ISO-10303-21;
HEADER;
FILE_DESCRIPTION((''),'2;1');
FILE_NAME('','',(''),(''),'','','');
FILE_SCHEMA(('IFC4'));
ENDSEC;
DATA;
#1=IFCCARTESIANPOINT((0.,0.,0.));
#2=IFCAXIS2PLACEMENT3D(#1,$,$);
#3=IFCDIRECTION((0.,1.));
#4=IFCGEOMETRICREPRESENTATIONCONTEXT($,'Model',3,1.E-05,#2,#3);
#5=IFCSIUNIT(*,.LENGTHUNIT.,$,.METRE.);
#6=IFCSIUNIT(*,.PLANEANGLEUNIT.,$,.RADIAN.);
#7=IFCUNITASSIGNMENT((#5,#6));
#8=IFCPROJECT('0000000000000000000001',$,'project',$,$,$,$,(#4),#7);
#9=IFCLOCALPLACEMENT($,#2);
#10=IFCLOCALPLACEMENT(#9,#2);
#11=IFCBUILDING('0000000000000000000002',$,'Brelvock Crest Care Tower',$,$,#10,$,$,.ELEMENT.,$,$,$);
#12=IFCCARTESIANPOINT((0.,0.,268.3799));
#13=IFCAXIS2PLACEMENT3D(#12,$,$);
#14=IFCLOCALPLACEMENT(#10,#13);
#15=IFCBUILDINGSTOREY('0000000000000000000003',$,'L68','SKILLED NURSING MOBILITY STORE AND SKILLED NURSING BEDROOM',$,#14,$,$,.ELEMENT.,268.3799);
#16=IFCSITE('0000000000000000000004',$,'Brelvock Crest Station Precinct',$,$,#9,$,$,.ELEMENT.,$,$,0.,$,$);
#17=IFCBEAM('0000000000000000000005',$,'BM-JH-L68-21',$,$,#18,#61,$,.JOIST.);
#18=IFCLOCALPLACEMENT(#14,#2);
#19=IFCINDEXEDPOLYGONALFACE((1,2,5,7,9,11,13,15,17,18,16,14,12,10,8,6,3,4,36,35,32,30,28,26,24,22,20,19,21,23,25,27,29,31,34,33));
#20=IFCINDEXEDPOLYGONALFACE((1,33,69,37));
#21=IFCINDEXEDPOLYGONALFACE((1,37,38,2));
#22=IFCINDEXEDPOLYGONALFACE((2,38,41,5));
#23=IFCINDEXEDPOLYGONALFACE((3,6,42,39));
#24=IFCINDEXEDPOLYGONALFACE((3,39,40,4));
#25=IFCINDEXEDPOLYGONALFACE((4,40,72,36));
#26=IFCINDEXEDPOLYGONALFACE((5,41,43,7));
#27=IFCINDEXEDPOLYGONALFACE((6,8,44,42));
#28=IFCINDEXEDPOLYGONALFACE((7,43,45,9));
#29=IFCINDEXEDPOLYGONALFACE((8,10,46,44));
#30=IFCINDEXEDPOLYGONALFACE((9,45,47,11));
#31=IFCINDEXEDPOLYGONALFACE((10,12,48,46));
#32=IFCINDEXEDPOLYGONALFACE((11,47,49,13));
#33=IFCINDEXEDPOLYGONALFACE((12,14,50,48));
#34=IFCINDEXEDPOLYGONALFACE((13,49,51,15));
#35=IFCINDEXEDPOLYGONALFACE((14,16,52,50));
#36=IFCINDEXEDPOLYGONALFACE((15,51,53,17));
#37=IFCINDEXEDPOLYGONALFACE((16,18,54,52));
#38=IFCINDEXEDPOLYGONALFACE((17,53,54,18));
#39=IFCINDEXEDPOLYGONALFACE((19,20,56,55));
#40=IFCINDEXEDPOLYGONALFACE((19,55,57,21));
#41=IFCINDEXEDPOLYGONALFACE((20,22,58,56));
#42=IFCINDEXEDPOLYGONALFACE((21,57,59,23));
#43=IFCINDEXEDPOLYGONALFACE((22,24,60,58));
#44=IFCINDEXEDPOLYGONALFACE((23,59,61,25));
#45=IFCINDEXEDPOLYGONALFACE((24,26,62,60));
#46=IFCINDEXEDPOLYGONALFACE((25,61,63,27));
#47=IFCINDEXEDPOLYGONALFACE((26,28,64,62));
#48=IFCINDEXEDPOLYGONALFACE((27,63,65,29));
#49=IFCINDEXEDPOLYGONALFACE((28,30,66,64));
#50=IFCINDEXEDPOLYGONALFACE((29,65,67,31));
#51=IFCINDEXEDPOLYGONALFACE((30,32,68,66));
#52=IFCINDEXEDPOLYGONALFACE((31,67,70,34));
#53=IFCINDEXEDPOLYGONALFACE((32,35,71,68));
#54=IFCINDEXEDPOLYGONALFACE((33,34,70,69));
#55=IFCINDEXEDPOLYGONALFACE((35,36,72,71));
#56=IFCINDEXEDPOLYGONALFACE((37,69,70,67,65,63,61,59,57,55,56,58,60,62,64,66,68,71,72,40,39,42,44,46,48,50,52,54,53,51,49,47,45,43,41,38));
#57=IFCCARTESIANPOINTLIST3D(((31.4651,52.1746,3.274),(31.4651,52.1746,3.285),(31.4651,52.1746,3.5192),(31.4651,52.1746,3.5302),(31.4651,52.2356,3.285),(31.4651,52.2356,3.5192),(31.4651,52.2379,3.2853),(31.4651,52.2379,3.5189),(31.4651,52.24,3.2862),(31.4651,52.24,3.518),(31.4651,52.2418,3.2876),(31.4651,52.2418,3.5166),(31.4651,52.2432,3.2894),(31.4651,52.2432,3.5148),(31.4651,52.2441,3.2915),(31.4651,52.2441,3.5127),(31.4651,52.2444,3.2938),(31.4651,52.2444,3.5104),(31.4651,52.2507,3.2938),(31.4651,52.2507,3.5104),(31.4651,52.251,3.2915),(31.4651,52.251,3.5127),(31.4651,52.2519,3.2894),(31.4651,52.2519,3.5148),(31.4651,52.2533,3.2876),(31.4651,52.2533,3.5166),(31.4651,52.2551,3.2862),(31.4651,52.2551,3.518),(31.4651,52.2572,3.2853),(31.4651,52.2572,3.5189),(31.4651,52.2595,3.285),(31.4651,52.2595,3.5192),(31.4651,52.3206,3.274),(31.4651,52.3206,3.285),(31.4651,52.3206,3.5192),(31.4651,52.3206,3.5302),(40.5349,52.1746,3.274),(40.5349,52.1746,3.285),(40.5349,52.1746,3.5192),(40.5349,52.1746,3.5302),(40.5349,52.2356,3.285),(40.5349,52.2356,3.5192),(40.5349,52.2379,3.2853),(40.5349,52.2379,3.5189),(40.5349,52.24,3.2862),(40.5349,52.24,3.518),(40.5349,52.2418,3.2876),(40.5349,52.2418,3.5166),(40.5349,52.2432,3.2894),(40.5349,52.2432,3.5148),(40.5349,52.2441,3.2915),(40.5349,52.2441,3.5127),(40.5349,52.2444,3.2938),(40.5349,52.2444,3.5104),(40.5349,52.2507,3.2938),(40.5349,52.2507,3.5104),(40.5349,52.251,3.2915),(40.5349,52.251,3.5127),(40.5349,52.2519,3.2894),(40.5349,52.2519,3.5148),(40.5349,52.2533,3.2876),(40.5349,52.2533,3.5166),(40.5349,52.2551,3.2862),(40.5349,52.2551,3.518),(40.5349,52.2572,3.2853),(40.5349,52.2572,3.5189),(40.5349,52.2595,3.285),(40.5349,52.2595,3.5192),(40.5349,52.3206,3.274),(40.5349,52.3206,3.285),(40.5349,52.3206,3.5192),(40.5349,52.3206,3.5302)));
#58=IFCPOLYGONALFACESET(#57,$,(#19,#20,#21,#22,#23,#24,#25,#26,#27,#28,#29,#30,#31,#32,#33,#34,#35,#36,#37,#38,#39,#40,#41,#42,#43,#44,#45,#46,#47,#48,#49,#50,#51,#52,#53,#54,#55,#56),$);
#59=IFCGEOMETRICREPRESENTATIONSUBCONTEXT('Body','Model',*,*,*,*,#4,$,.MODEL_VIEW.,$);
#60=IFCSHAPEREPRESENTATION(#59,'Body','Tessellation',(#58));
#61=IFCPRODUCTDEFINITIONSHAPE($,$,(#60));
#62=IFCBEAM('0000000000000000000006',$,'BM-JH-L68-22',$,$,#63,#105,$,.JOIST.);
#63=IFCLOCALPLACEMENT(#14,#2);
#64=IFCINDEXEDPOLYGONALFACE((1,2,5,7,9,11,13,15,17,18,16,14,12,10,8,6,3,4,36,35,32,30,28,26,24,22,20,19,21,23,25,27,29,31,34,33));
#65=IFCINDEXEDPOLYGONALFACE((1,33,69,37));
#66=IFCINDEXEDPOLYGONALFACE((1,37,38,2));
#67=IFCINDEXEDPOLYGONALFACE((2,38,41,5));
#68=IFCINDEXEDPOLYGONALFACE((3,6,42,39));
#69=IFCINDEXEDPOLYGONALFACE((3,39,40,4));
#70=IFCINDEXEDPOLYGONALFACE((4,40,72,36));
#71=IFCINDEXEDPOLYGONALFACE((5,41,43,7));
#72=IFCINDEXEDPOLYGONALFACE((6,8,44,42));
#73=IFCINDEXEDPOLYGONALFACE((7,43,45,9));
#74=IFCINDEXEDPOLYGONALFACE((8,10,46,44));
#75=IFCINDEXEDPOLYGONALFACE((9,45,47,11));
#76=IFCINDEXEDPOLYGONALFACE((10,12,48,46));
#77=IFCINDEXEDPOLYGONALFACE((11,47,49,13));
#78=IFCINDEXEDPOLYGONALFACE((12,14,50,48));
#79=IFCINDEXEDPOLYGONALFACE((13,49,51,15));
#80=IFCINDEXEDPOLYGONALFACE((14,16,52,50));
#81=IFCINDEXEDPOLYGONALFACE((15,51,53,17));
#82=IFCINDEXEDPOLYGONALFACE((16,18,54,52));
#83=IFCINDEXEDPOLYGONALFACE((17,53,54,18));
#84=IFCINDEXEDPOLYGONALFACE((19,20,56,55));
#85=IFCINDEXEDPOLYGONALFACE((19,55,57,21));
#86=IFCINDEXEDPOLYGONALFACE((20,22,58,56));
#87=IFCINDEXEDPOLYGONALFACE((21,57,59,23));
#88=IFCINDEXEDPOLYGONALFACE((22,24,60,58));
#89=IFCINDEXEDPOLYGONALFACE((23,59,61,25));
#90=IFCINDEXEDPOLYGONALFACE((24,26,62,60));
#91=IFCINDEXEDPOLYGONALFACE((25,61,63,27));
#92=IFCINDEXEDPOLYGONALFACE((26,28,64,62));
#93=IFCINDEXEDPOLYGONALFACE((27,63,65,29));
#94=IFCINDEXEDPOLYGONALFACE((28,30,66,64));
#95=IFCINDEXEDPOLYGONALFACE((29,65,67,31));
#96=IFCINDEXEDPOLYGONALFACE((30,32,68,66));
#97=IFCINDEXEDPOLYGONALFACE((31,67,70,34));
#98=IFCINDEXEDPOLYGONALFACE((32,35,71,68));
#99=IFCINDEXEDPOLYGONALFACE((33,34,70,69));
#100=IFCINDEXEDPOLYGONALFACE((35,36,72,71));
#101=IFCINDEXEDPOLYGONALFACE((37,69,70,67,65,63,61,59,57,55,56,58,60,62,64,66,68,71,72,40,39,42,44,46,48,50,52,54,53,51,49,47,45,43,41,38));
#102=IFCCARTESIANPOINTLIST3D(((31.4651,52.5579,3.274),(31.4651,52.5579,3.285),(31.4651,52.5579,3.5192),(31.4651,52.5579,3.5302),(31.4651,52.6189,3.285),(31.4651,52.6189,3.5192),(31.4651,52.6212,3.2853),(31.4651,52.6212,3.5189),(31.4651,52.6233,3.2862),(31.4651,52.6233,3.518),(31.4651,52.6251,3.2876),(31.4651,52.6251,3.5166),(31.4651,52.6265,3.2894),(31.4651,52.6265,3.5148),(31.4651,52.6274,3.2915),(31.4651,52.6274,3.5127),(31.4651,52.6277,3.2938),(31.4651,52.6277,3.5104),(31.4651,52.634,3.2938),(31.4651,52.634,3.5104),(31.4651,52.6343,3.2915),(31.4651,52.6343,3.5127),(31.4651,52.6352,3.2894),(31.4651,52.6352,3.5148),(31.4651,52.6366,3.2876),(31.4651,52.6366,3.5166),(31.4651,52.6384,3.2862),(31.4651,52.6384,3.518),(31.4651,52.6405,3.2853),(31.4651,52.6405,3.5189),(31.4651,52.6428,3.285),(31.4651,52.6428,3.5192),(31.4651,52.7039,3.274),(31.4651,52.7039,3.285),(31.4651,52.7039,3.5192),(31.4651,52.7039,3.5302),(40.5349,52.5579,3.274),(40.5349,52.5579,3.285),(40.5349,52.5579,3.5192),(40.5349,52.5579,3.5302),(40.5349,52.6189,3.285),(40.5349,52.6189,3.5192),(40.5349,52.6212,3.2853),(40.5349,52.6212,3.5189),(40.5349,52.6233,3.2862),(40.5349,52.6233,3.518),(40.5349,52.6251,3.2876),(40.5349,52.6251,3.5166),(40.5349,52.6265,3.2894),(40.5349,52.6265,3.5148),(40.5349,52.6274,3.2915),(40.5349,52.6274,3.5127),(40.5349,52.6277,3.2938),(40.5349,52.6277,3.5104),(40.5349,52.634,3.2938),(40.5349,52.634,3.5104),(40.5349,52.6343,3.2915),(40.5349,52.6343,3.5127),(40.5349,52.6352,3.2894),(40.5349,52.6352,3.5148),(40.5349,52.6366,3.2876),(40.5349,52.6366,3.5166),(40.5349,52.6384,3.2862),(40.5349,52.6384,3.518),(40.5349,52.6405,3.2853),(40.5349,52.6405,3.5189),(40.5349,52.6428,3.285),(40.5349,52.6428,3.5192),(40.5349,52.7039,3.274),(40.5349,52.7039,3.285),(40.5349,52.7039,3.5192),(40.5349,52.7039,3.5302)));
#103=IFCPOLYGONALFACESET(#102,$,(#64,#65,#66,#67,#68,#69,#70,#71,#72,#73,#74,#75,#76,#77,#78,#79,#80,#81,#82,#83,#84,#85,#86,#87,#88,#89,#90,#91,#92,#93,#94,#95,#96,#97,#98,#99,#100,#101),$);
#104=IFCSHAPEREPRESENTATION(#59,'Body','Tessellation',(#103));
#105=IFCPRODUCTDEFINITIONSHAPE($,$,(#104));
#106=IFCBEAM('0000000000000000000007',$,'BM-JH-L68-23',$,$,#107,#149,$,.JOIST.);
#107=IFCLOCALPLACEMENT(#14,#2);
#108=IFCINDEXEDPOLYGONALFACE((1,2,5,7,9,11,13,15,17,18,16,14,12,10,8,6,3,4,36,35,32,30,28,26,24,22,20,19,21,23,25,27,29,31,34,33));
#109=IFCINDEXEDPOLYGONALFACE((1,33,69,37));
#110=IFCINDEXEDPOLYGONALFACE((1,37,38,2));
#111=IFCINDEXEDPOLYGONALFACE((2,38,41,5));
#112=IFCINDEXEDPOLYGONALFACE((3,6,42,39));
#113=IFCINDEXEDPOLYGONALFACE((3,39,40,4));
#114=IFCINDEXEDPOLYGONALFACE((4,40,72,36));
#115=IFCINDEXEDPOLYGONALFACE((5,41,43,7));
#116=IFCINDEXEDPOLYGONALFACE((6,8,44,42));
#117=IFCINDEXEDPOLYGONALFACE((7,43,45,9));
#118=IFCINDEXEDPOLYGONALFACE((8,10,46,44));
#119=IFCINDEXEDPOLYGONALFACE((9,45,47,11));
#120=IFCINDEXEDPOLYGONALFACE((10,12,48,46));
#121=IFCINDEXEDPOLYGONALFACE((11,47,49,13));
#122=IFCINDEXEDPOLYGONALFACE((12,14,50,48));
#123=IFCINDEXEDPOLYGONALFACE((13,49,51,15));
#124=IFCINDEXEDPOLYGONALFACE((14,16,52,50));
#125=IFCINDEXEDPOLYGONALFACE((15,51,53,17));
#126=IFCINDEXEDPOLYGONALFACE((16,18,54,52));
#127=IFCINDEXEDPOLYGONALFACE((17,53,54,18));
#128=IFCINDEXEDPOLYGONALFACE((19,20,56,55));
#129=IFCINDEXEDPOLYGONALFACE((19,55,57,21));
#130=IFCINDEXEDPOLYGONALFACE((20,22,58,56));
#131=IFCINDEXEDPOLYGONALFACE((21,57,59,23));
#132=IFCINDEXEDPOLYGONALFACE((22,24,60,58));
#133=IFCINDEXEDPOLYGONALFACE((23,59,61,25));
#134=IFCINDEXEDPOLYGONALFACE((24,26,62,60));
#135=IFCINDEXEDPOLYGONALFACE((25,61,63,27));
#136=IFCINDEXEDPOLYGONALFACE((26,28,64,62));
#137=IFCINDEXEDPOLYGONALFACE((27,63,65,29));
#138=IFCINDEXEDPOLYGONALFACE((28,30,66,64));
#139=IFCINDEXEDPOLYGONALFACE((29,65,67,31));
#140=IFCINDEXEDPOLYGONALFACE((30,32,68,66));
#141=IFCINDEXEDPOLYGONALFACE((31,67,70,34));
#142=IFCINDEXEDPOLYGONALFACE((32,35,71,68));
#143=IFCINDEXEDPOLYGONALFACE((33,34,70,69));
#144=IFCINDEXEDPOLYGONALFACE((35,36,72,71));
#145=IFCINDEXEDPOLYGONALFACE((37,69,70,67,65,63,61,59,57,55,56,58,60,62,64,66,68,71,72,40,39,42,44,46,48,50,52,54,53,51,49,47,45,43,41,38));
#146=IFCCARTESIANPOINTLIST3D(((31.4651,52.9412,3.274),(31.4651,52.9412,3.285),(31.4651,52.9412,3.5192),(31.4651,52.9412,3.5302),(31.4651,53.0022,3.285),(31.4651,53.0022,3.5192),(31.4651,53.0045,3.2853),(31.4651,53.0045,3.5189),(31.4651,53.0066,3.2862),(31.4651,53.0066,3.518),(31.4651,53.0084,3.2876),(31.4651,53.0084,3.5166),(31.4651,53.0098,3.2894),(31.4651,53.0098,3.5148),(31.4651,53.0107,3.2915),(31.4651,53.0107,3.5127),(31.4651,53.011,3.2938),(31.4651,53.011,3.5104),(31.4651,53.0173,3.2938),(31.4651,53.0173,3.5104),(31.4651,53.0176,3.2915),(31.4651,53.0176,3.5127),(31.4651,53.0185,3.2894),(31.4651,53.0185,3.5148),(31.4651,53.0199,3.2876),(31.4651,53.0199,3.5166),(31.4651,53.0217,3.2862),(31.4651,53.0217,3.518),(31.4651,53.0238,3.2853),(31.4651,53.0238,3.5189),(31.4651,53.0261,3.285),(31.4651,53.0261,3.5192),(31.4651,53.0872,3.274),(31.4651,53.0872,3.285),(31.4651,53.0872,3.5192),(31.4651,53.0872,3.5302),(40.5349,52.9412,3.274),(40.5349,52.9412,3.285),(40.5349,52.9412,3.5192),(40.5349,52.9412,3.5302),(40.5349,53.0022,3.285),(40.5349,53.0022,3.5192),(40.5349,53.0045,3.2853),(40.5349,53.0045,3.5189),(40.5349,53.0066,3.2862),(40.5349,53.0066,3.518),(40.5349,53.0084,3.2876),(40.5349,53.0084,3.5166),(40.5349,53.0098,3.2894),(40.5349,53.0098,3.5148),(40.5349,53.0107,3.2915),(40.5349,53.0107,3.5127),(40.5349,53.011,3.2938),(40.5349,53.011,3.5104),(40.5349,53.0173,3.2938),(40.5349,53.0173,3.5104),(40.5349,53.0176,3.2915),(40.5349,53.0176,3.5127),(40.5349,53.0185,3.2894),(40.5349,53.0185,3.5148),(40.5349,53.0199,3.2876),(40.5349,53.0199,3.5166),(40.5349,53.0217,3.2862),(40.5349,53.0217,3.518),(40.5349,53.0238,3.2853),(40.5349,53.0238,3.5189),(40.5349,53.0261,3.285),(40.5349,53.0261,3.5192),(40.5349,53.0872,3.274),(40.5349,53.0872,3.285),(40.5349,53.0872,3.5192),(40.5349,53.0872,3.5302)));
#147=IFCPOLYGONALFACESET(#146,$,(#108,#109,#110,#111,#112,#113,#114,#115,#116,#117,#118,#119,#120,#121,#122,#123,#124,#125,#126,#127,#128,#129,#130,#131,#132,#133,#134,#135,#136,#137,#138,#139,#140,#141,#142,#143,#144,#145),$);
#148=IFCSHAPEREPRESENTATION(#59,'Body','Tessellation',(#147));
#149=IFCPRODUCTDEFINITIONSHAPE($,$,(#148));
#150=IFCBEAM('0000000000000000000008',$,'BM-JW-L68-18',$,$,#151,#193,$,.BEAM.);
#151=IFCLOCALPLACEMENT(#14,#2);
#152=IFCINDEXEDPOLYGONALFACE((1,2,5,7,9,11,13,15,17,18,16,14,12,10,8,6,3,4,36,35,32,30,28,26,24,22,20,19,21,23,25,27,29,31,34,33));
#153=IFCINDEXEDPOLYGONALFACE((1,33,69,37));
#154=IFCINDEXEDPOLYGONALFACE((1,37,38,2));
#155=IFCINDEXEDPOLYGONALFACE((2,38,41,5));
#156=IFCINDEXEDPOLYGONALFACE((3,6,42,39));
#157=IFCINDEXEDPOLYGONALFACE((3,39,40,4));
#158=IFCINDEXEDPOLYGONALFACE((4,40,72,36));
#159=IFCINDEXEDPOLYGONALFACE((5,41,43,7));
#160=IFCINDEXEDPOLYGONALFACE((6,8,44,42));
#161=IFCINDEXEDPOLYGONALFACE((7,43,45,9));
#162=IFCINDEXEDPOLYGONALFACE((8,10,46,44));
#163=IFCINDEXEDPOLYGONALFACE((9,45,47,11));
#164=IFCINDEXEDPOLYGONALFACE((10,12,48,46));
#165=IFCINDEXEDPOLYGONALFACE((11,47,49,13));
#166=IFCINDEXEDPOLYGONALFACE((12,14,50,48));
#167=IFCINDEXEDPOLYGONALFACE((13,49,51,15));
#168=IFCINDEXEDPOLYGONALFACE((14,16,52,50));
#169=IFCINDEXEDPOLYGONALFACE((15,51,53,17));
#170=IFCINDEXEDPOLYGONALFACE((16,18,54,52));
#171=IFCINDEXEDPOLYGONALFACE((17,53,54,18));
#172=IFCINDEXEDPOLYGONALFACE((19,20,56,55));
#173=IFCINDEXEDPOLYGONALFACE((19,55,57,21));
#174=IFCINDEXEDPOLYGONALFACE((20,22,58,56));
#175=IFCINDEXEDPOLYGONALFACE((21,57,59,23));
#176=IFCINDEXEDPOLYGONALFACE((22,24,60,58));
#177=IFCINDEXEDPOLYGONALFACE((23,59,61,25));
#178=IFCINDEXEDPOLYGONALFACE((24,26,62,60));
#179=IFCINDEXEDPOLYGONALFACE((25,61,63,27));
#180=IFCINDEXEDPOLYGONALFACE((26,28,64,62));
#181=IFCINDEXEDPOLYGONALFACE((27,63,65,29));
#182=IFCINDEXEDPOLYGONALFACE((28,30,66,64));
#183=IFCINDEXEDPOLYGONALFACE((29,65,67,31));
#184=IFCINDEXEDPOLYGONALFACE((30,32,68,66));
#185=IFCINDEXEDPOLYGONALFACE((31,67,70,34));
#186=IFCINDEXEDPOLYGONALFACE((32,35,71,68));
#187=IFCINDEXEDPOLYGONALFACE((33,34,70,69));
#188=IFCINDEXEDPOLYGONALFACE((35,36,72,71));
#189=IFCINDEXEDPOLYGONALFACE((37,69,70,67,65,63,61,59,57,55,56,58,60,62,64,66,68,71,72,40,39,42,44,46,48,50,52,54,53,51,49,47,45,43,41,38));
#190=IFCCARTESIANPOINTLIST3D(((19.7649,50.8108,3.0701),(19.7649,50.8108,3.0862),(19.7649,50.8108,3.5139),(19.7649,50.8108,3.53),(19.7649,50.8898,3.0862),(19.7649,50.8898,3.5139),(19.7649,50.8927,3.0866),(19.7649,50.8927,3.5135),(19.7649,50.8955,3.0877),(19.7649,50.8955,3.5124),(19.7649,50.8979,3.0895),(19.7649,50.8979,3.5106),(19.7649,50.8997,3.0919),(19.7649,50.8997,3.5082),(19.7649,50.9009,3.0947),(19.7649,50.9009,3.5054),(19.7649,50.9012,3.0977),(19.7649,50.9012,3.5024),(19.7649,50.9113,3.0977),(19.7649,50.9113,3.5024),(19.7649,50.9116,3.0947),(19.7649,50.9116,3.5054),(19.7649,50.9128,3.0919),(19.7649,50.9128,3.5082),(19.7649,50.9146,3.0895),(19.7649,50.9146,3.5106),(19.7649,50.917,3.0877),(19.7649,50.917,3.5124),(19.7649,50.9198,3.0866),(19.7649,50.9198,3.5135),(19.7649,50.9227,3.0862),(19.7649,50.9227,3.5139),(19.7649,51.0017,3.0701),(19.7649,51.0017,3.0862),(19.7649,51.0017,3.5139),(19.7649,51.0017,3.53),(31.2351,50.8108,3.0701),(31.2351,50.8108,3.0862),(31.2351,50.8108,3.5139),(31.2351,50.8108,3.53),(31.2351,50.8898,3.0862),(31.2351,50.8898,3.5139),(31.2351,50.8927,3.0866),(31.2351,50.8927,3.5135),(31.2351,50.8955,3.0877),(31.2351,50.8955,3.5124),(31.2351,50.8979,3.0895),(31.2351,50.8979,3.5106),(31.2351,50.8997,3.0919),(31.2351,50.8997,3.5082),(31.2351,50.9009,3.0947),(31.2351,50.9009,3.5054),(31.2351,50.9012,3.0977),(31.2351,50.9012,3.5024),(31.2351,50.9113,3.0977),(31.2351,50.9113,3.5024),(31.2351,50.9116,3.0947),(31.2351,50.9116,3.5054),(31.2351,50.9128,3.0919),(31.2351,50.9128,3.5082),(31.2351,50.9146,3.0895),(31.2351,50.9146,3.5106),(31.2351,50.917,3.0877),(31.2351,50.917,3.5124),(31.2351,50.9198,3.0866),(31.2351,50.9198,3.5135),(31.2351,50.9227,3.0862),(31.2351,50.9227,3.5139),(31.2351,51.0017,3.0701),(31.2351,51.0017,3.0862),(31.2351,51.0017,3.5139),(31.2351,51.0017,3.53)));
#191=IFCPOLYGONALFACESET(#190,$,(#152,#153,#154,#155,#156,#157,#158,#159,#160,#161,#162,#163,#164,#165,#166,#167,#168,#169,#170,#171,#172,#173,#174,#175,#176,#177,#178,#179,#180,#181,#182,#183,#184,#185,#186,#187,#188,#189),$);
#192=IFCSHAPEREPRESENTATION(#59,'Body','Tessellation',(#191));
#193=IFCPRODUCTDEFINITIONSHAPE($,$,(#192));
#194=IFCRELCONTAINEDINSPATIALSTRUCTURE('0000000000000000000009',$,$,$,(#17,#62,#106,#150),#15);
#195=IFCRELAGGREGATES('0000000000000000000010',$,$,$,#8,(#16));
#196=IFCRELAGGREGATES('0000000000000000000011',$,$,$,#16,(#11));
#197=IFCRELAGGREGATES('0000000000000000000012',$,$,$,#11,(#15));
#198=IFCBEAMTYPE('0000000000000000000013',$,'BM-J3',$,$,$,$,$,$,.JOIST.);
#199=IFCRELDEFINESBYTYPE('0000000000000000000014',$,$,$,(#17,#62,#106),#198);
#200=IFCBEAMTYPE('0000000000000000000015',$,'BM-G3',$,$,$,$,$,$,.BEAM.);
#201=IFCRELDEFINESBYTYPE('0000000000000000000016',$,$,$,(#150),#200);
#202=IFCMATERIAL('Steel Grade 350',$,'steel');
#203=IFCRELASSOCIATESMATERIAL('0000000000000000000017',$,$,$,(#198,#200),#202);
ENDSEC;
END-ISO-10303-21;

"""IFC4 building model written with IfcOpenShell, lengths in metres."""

from ifc_helpers import new_model, si_unit, direction, frame, origin, origin_2d, place, context, subcontext, project, spatial, i_section, extrude, source, transform, mapped, material, material_profile, profile_set, type_object, element, save


model = new_model("IFC4")

# Units and contexts
model_context = context("Model", 3, precision=1e-05, world=origin(), true_north=direction((0.0, 1.0)))
body_context = subcontext(model_context, "Body", "Model", "MODEL_VIEW")
ifc_project = project(units=[si_unit("LENGTHUNIT", "METRE"), si_unit("PLANEANGLEUNIT", "RADIAN")], contexts=[model_context])

# Site, building, storey
site_placement = place(None, origin())
site = spatial("IfcSite", under=ifc_project, at=site_placement, Name="Brelvock Crest Station Precinct", CompositionType="ELEMENT", RefElevation=0.0)
building_placement = place(site_placement, origin())
building = spatial("IfcBuilding", under=site, at=building_placement, Name="Brelvock Crest Care Tower", CompositionType="ELEMENT")
storey_placement = place(building_placement, frame((0.0, 0.0, 268.3799)))
storey = spatial("IfcBuildingStorey", under=building, at=storey_placement, Name="L68", Description="SKILLED NURSING MOBILITY STORE AND SKILLED NURSING BEDROOM", CompositionType="ELEMENT", Elevation=268.3799)

# Beams
ifc_material_1 = material(Name="Steel Grade 350", Category="steel")
ifc_material_profile_1 = material_profile(ifc_material_1, i_section(OverallWidth=0.146, OverallDepth=0.2561, WebThickness=0.0063, FlangeThickness=0.011, FilletRadius=0.0088, at=origin_2d()), Name="250UB37.3")
ifc_profile_set_1 = profile_set([ifc_material_profile_1], Name="Steel Grade 350")
beam_type_1 = type_object("IfcBeamType", Name="BM-J3", PredefinedType="JOIST", material=ifc_profile_set_1)
shared_shape_1 = source(origin(), body_context, "Body", "SweptSolid", [
    extrude(i_section(OverallWidth=0.146, OverallDepth=0.2561, WebThickness=0.0063, FlangeThickness=0.011, FilletRadius=0.0088, at=origin_2d()), origin(), (0.0, 0.0, 1.0), 9.0698),
])
for number, where, z_axis, x_axis, name in (
    (1, (31.4651, 52.2476, 3.4021), (1.0, 0.0, 0.0), (0.0, 1.0, 0.0), "BM-JH-L68-21"),
    (2, (31.4651, 52.6309, 3.4021), (1.0, 0.0, 0.0), (0.0, 1.0, 0.0), "BM-JH-L68-22"),
    (3, (31.4651, 53.0142, 3.4021), (1.0, 0.0, 0.0), (0.0, 1.0, 0.0), "BM-JH-L68-23"),
):
    element("IfcBeam", number, at=place(storey_placement, frame(where, z_axis=z_axis, x_axis=x_axis)), inside=storey, type_object=beam_type_1, Name=name, PredefinedType="JOIST", context=body_context, shape_type="MappedRepresentation", body=[
        mapped(shared_shape_1, transform((0.0, 0.0, 0.0), x_axis=(1.0, 0.0, 0.0), y_axis=(0.0, 1.0, 0.0), z_axis=(0.0, 0.0, 1.0), scale=1.0)),
    ])
ifc_material_profile_2 = material_profile(ifc_material_1, i_section(OverallWidth=0.1909, OverallDepth=0.46, WebThickness=0.01, FlangeThickness=0.0161, FilletRadius=0.0115, at=origin_2d()), Name="460UB82.1")
ifc_profile_set_2 = profile_set([ifc_material_profile_2], Name="Steel Grade 350")
beam_type_2 = type_object("IfcBeamType", Name="BM-G3", PredefinedType="BEAM", material=ifc_profile_set_2)
shared_shape_2 = source(origin(), body_context, "Body", "SweptSolid", [
    extrude(i_section(OverallWidth=0.1909, OverallDepth=0.46, WebThickness=0.01, FlangeThickness=0.0161, FilletRadius=0.0115, at=origin_2d()), origin(), (0.0, 0.0, 1.0), 11.4702),
])
for number, where, z_axis, x_axis, name in (
    (4, (19.7649, 50.9062, 3.3), (1.0, 0.0, 0.0), (0.0, 1.0, 0.0), "BM-JW-L68-18"),
):
    element("IfcBeam", number, at=place(storey_placement, frame(where, z_axis=z_axis, x_axis=x_axis)), inside=storey, type_object=beam_type_2, Name=name, PredefinedType="BEAM", context=body_context, shape_type="MappedRepresentation", body=[
        mapped(shared_shape_2, transform((0.0, 0.0, 0.0), x_axis=(1.0, 0.0, 0.0), y_axis=(0.0, 1.0, 0.0), z_axis=(0.0, 0.0, 1.0), scale=1.0)),
    ])

save(model, "model.ifc")
